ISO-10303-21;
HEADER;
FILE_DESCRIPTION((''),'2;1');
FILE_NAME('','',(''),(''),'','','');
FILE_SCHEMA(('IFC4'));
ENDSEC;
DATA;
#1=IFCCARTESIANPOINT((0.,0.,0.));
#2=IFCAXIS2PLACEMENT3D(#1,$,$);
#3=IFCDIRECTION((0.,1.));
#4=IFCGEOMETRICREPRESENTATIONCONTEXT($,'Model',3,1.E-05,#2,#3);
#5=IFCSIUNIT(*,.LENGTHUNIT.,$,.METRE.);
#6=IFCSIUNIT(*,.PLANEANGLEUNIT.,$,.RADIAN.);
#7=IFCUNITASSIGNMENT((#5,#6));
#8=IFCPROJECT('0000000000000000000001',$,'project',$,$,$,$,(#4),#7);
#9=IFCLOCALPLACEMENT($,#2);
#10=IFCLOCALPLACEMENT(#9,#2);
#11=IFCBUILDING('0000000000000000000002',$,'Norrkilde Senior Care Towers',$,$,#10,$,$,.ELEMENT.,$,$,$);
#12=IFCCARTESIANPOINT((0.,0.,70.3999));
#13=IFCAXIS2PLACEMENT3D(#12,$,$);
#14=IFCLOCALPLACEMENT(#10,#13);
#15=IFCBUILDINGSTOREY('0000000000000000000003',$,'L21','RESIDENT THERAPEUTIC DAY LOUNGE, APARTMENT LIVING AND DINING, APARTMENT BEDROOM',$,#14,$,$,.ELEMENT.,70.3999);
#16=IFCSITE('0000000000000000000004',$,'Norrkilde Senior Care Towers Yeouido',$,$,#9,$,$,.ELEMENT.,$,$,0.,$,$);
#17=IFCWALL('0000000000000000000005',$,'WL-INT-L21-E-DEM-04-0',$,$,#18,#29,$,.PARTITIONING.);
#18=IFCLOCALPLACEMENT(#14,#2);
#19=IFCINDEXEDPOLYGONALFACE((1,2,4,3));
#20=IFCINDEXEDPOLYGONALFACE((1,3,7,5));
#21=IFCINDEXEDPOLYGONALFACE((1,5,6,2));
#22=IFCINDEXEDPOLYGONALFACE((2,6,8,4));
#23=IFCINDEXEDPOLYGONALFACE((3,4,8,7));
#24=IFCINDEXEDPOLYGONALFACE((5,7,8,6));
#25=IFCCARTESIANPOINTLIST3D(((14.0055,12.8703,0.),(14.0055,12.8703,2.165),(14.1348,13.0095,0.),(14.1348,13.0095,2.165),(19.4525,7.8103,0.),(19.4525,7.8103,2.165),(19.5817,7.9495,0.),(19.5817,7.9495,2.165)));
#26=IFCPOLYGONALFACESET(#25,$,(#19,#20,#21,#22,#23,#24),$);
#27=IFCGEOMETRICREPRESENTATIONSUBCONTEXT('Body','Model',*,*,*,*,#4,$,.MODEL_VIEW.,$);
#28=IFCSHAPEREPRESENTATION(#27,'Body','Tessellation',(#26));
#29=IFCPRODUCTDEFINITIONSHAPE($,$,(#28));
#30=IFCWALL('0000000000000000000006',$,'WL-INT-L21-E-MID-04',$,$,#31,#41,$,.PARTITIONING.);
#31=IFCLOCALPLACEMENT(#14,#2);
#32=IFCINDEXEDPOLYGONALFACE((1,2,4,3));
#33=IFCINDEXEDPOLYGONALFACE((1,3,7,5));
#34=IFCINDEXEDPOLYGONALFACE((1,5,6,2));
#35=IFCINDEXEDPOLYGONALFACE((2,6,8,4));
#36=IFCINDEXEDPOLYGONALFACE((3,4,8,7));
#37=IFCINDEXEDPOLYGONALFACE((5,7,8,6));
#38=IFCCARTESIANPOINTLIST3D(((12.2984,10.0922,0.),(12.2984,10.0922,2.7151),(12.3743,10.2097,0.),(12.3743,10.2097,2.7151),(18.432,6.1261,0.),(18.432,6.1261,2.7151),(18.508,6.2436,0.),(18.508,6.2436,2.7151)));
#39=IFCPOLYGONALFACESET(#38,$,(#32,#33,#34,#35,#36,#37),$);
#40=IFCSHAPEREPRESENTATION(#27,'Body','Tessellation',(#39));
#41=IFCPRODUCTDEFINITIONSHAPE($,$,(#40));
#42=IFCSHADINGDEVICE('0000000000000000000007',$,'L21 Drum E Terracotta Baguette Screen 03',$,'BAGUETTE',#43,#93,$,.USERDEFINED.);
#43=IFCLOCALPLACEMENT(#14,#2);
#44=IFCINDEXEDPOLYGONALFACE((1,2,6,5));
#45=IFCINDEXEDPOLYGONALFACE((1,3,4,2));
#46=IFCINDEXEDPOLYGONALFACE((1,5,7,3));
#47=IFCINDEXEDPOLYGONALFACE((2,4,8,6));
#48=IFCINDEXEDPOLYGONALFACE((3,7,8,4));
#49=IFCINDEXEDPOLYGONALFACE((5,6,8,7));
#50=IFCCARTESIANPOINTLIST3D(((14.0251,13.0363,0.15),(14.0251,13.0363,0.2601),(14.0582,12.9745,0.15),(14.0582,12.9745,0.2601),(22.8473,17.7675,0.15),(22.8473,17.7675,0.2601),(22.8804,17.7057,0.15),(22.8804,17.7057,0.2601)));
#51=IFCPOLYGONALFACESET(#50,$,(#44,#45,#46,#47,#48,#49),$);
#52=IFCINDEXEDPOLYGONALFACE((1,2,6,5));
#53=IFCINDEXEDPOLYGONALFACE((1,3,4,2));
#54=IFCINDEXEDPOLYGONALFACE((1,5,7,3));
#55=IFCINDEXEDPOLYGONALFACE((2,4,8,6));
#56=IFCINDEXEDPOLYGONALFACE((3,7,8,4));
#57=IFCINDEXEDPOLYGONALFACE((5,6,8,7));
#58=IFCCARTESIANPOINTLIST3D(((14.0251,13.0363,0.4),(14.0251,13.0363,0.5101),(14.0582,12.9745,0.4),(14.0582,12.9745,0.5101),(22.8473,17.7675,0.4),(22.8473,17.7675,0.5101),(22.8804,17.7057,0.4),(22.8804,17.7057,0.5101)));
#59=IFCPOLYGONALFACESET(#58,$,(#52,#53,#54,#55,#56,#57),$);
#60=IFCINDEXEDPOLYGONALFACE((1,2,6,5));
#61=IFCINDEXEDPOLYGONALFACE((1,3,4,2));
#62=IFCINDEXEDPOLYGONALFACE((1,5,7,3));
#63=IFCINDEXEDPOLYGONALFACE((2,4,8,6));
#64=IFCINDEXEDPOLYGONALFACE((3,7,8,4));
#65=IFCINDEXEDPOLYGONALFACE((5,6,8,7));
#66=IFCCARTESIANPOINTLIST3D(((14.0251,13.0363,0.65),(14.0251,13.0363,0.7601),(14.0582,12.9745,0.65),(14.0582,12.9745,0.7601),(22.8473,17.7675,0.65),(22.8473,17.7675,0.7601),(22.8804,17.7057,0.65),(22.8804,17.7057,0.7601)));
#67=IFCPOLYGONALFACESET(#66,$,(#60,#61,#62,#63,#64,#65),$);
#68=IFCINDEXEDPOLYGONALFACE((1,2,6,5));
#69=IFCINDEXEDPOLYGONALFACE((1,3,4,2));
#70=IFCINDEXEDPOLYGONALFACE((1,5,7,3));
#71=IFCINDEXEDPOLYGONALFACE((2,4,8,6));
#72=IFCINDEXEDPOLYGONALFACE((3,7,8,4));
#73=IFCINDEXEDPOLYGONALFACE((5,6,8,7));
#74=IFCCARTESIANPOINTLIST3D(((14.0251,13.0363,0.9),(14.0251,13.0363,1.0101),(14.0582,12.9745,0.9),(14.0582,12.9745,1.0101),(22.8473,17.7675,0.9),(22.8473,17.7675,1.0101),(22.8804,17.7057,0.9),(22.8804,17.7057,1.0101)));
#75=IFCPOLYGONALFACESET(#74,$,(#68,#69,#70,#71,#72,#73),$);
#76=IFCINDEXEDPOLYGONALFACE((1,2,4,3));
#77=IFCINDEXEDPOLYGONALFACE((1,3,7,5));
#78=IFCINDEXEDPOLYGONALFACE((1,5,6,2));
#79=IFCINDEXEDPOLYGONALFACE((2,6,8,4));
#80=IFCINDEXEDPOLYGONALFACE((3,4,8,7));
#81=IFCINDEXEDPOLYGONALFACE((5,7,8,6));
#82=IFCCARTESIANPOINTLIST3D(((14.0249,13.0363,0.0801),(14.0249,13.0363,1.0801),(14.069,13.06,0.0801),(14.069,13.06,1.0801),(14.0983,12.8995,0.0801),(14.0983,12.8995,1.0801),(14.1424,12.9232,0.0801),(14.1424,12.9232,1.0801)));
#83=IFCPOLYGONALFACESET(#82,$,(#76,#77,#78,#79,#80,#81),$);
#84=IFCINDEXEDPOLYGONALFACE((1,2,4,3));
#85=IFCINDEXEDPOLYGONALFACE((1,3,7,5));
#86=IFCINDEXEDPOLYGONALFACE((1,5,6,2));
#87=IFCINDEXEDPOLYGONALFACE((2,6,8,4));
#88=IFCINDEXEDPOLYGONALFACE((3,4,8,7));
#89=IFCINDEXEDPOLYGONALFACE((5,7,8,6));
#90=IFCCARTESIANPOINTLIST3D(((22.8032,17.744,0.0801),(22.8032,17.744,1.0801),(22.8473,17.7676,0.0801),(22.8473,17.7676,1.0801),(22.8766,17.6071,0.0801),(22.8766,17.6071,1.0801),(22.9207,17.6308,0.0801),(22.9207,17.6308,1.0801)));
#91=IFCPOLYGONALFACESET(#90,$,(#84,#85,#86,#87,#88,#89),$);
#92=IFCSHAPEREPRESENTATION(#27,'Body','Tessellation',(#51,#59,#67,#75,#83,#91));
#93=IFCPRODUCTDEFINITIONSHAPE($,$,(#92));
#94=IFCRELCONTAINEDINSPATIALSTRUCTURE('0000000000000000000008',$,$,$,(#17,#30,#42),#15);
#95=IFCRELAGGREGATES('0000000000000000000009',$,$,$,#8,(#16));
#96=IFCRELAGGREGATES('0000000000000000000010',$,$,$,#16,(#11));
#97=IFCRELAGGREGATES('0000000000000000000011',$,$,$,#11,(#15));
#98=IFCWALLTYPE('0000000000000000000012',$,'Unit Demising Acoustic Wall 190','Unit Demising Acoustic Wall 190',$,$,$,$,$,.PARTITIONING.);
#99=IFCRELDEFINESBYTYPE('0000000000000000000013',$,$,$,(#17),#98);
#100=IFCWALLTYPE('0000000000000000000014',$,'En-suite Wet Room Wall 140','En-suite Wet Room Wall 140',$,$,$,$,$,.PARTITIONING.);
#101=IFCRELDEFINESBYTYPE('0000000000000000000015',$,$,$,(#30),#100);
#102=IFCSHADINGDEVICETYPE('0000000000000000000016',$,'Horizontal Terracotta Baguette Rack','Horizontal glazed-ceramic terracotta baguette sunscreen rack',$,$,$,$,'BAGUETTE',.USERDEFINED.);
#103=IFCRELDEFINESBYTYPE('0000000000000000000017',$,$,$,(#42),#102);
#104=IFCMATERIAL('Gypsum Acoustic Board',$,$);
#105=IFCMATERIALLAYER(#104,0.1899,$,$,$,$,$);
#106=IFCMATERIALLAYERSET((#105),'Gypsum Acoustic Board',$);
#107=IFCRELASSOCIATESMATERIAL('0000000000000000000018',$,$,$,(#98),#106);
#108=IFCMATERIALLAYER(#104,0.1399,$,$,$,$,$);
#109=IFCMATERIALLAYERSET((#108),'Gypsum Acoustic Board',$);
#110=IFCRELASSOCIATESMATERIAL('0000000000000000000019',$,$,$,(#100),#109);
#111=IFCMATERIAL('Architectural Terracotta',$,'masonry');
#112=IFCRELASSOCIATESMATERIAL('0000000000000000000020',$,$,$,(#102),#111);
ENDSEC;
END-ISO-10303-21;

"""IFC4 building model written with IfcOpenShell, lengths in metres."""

from ifc_helpers import new_model, si_unit, direction, frame, frame_2d, origin, origin_2d, place, context, subcontext, project, spatial, rectangle, extrude, source, transform, mapped, material, layer, layer_set, type_object, type_shapes, element, save


model = new_model("IFC4")

# Units and contexts
model_context = context("Model", 3, precision=1e-05, world=origin(), true_north=direction((0.0, 1.0)))
body_context = subcontext(model_context, "Body", "Model", "MODEL_VIEW")
ifc_project = project(units=[si_unit("LENGTHUNIT", "METRE"), si_unit("PLANEANGLEUNIT", "RADIAN")], contexts=[model_context])

# Site, building, storey
site_placement = place(None, origin())
site = spatial("IfcSite", under=ifc_project, at=site_placement, Name="Norrkilde Senior Care Towers Yeouido", CompositionType="ELEMENT", RefElevation=0.0)
building_placement = place(site_placement, origin())
building = spatial("IfcBuilding", under=site, at=building_placement, Name="Norrkilde Senior Care Towers", CompositionType="ELEMENT")
storey_placement = place(building_placement, frame((0.0, 0.0, 70.3999)))
storey = spatial("IfcBuildingStorey", under=building, at=storey_placement, Name="L21", Description="RESIDENT THERAPEUTIC DAY LOUNGE, APARTMENT LIVING AND DINING, APARTMENT BEDROOM", CompositionType="ELEMENT", Elevation=70.3999)

# Shared definitions
ifc_material_1 = material(Name="Gypsum Acoustic Board")

# Walls
ifc_layer_1 = layer(ifc_material_1, 0.1899)
ifc_layer_set_1 = layer_set([ifc_layer_1], Name="Gypsum Acoustic Board")
wall_type_1 = type_object("IfcWallType", Name="Unit Demising Acoustic Wall 190", Description="Unit Demising Acoustic Wall 190", PredefinedType="PARTITIONING", material=ifc_layer_set_1)
shared_shape_1 = source(origin(), body_context, "Body", "SweptSolid", [
    extrude(rectangle(XDim=7.4346, YDim=0.1899, at=frame_2d((3.7173, 0.0))), origin(), (0.0, 0.0, 1.0), 2.165),
])
wall_1_placement = place(storey_placement, frame((19.5171, 7.8799, 0.0), z_axis=(0.0, 0.0, 1.0), x_axis=(-0.732652, 0.680603, 0.0)))
element("IfcWall", 1, at=wall_1_placement, inside=storey, type_object=wall_type_1, Name="WL-INT-L21-E-DEM-04-0", PredefinedType="PARTITIONING", context=body_context, shape_type="MappedRepresentation", body=[
    mapped(shared_shape_1, transform((0.0, 0.0, 0.0), x_axis=(1.0, 0.0, 0.0), y_axis=(0.0, 1.0, 0.0), z_axis=(0.0, 0.0, 1.0), scale=1.0)),
])
ifc_layer_2 = layer(ifc_material_1, 0.1399)
ifc_layer_set_2 = layer_set([ifc_layer_2], Name="Gypsum Acoustic Board")
wall_type_2 = type_object("IfcWallType", Name="En-suite Wet Room Wall 140", Description="En-suite Wet Room Wall 140", PredefinedType="PARTITIONING", material=ifc_layer_set_2)
shared_shape_2 = source(origin(), body_context, "Body", "SweptSolid", [
    extrude(rectangle(XDim=7.3042, YDim=0.1399, at=frame_2d((3.6521, 0.0))), origin(), (0.0, 0.0, 1.0), 2.7151),
])
type_shapes(wall_type_2, [shared_shape_2])
wall_2_placement = place(storey_placement, frame((18.47, 6.1848, 0.0), z_axis=(0.0, 0.0, 1.0), x_axis=(-0.839739, 0.542991, 0.0)))
element("IfcWall", 2, at=wall_2_placement, inside=storey, type_object=wall_type_2, Name="WL-INT-L21-E-MID-04", PredefinedType="PARTITIONING", context=body_context, shape_type="MappedRepresentation", body=[
    mapped(shared_shape_2, transform((0.0, 0.0, 0.0), x_axis=(1.0, 0.0, 0.0), y_axis=(0.0, 1.0, 0.0), z_axis=(0.0, 0.0, 1.0), scale=1.0)),
])

# Shading device
ifc_material_2 = material(Name="Architectural Terracotta", Category="masonry")
shading_device_type = type_object("IfcShadingDeviceType", Name="Horizontal Terracotta Baguette Rack", Description="Horizontal glazed-ceramic terracotta baguette sunscreen rack", ElementType="BAGUETTE", PredefinedType="USERDEFINED", material=ifc_material_2)
shared_shape_3 = source(origin(), body_context, "Body", "SweptSolid", [
    extrude(rectangle(XDim=0.0701, YDim=0.1101, at=origin_2d()), frame((0.0, 0.0901, 0.125), z_axis=(1.0, 0.0, 0.0), x_axis=(0.0, 1.0, 0.0)), (0.0, 0.0, 1.0), 10.0107),
    extrude(rectangle(XDim=0.0701, YDim=0.1101, at=origin_2d()), frame((0.0, 0.0901, 0.375), z_axis=(1.0, 0.0, 0.0), x_axis=(0.0, 1.0, 0.0)), (0.0, 0.0, 1.0), 10.0107),
    extrude(rectangle(XDim=0.0701, YDim=0.1101, at=origin_2d()), frame((0.0, 0.0901, 0.625), z_axis=(1.0, 0.0, 0.0), x_axis=(0.0, 1.0, 0.0)), (0.0, 0.0, 1.0), 10.0107),
    extrude(rectangle(XDim=0.0701, YDim=0.1101, at=origin_2d()), frame((0.0, 0.0901, 0.875), z_axis=(1.0, 0.0, 0.0), x_axis=(0.0, 1.0, 0.0)), (0.0, 0.0, 1.0), 10.0107),
    extrude(rectangle(XDim=0.05, YDim=0.1553, at=origin_2d()), frame((0.0249, 0.0476, 0.0)), (0.0, 0.0, 1.0), 1.0),
    extrude(rectangle(XDim=0.05, YDim=0.1553, at=origin_2d()), frame((9.9858, 0.0476, 0.0)), (0.0, 0.0, 1.0), 1.0),
])
type_shapes(shading_device_type, [shared_shape_3])
shading_device_placement = place(storey_placement, frame((14.0842, 12.926, 0.0801), z_axis=(0.0, 0.0, 1.0), x_axis=(0.88128, 0.472612, 0.0)))
element("IfcShadingDevice", 3, at=shading_device_placement, inside=storey, type_object=shading_device_type, Name="L21 Drum E Terracotta Baguette Screen 03", ObjectType="BAGUETTE", PredefinedType="USERDEFINED", context=body_context, shape_type="MappedRepresentation", body=[
    mapped(shared_shape_3, transform((0.0, 0.0, 0.0), x_axis=(1.0, 0.0, 0.0), y_axis=(0.0, 1.0, 0.0), z_axis=(0.0, 0.0, 1.0), scale=1.0)),
])

save(model, "model.ifc")
